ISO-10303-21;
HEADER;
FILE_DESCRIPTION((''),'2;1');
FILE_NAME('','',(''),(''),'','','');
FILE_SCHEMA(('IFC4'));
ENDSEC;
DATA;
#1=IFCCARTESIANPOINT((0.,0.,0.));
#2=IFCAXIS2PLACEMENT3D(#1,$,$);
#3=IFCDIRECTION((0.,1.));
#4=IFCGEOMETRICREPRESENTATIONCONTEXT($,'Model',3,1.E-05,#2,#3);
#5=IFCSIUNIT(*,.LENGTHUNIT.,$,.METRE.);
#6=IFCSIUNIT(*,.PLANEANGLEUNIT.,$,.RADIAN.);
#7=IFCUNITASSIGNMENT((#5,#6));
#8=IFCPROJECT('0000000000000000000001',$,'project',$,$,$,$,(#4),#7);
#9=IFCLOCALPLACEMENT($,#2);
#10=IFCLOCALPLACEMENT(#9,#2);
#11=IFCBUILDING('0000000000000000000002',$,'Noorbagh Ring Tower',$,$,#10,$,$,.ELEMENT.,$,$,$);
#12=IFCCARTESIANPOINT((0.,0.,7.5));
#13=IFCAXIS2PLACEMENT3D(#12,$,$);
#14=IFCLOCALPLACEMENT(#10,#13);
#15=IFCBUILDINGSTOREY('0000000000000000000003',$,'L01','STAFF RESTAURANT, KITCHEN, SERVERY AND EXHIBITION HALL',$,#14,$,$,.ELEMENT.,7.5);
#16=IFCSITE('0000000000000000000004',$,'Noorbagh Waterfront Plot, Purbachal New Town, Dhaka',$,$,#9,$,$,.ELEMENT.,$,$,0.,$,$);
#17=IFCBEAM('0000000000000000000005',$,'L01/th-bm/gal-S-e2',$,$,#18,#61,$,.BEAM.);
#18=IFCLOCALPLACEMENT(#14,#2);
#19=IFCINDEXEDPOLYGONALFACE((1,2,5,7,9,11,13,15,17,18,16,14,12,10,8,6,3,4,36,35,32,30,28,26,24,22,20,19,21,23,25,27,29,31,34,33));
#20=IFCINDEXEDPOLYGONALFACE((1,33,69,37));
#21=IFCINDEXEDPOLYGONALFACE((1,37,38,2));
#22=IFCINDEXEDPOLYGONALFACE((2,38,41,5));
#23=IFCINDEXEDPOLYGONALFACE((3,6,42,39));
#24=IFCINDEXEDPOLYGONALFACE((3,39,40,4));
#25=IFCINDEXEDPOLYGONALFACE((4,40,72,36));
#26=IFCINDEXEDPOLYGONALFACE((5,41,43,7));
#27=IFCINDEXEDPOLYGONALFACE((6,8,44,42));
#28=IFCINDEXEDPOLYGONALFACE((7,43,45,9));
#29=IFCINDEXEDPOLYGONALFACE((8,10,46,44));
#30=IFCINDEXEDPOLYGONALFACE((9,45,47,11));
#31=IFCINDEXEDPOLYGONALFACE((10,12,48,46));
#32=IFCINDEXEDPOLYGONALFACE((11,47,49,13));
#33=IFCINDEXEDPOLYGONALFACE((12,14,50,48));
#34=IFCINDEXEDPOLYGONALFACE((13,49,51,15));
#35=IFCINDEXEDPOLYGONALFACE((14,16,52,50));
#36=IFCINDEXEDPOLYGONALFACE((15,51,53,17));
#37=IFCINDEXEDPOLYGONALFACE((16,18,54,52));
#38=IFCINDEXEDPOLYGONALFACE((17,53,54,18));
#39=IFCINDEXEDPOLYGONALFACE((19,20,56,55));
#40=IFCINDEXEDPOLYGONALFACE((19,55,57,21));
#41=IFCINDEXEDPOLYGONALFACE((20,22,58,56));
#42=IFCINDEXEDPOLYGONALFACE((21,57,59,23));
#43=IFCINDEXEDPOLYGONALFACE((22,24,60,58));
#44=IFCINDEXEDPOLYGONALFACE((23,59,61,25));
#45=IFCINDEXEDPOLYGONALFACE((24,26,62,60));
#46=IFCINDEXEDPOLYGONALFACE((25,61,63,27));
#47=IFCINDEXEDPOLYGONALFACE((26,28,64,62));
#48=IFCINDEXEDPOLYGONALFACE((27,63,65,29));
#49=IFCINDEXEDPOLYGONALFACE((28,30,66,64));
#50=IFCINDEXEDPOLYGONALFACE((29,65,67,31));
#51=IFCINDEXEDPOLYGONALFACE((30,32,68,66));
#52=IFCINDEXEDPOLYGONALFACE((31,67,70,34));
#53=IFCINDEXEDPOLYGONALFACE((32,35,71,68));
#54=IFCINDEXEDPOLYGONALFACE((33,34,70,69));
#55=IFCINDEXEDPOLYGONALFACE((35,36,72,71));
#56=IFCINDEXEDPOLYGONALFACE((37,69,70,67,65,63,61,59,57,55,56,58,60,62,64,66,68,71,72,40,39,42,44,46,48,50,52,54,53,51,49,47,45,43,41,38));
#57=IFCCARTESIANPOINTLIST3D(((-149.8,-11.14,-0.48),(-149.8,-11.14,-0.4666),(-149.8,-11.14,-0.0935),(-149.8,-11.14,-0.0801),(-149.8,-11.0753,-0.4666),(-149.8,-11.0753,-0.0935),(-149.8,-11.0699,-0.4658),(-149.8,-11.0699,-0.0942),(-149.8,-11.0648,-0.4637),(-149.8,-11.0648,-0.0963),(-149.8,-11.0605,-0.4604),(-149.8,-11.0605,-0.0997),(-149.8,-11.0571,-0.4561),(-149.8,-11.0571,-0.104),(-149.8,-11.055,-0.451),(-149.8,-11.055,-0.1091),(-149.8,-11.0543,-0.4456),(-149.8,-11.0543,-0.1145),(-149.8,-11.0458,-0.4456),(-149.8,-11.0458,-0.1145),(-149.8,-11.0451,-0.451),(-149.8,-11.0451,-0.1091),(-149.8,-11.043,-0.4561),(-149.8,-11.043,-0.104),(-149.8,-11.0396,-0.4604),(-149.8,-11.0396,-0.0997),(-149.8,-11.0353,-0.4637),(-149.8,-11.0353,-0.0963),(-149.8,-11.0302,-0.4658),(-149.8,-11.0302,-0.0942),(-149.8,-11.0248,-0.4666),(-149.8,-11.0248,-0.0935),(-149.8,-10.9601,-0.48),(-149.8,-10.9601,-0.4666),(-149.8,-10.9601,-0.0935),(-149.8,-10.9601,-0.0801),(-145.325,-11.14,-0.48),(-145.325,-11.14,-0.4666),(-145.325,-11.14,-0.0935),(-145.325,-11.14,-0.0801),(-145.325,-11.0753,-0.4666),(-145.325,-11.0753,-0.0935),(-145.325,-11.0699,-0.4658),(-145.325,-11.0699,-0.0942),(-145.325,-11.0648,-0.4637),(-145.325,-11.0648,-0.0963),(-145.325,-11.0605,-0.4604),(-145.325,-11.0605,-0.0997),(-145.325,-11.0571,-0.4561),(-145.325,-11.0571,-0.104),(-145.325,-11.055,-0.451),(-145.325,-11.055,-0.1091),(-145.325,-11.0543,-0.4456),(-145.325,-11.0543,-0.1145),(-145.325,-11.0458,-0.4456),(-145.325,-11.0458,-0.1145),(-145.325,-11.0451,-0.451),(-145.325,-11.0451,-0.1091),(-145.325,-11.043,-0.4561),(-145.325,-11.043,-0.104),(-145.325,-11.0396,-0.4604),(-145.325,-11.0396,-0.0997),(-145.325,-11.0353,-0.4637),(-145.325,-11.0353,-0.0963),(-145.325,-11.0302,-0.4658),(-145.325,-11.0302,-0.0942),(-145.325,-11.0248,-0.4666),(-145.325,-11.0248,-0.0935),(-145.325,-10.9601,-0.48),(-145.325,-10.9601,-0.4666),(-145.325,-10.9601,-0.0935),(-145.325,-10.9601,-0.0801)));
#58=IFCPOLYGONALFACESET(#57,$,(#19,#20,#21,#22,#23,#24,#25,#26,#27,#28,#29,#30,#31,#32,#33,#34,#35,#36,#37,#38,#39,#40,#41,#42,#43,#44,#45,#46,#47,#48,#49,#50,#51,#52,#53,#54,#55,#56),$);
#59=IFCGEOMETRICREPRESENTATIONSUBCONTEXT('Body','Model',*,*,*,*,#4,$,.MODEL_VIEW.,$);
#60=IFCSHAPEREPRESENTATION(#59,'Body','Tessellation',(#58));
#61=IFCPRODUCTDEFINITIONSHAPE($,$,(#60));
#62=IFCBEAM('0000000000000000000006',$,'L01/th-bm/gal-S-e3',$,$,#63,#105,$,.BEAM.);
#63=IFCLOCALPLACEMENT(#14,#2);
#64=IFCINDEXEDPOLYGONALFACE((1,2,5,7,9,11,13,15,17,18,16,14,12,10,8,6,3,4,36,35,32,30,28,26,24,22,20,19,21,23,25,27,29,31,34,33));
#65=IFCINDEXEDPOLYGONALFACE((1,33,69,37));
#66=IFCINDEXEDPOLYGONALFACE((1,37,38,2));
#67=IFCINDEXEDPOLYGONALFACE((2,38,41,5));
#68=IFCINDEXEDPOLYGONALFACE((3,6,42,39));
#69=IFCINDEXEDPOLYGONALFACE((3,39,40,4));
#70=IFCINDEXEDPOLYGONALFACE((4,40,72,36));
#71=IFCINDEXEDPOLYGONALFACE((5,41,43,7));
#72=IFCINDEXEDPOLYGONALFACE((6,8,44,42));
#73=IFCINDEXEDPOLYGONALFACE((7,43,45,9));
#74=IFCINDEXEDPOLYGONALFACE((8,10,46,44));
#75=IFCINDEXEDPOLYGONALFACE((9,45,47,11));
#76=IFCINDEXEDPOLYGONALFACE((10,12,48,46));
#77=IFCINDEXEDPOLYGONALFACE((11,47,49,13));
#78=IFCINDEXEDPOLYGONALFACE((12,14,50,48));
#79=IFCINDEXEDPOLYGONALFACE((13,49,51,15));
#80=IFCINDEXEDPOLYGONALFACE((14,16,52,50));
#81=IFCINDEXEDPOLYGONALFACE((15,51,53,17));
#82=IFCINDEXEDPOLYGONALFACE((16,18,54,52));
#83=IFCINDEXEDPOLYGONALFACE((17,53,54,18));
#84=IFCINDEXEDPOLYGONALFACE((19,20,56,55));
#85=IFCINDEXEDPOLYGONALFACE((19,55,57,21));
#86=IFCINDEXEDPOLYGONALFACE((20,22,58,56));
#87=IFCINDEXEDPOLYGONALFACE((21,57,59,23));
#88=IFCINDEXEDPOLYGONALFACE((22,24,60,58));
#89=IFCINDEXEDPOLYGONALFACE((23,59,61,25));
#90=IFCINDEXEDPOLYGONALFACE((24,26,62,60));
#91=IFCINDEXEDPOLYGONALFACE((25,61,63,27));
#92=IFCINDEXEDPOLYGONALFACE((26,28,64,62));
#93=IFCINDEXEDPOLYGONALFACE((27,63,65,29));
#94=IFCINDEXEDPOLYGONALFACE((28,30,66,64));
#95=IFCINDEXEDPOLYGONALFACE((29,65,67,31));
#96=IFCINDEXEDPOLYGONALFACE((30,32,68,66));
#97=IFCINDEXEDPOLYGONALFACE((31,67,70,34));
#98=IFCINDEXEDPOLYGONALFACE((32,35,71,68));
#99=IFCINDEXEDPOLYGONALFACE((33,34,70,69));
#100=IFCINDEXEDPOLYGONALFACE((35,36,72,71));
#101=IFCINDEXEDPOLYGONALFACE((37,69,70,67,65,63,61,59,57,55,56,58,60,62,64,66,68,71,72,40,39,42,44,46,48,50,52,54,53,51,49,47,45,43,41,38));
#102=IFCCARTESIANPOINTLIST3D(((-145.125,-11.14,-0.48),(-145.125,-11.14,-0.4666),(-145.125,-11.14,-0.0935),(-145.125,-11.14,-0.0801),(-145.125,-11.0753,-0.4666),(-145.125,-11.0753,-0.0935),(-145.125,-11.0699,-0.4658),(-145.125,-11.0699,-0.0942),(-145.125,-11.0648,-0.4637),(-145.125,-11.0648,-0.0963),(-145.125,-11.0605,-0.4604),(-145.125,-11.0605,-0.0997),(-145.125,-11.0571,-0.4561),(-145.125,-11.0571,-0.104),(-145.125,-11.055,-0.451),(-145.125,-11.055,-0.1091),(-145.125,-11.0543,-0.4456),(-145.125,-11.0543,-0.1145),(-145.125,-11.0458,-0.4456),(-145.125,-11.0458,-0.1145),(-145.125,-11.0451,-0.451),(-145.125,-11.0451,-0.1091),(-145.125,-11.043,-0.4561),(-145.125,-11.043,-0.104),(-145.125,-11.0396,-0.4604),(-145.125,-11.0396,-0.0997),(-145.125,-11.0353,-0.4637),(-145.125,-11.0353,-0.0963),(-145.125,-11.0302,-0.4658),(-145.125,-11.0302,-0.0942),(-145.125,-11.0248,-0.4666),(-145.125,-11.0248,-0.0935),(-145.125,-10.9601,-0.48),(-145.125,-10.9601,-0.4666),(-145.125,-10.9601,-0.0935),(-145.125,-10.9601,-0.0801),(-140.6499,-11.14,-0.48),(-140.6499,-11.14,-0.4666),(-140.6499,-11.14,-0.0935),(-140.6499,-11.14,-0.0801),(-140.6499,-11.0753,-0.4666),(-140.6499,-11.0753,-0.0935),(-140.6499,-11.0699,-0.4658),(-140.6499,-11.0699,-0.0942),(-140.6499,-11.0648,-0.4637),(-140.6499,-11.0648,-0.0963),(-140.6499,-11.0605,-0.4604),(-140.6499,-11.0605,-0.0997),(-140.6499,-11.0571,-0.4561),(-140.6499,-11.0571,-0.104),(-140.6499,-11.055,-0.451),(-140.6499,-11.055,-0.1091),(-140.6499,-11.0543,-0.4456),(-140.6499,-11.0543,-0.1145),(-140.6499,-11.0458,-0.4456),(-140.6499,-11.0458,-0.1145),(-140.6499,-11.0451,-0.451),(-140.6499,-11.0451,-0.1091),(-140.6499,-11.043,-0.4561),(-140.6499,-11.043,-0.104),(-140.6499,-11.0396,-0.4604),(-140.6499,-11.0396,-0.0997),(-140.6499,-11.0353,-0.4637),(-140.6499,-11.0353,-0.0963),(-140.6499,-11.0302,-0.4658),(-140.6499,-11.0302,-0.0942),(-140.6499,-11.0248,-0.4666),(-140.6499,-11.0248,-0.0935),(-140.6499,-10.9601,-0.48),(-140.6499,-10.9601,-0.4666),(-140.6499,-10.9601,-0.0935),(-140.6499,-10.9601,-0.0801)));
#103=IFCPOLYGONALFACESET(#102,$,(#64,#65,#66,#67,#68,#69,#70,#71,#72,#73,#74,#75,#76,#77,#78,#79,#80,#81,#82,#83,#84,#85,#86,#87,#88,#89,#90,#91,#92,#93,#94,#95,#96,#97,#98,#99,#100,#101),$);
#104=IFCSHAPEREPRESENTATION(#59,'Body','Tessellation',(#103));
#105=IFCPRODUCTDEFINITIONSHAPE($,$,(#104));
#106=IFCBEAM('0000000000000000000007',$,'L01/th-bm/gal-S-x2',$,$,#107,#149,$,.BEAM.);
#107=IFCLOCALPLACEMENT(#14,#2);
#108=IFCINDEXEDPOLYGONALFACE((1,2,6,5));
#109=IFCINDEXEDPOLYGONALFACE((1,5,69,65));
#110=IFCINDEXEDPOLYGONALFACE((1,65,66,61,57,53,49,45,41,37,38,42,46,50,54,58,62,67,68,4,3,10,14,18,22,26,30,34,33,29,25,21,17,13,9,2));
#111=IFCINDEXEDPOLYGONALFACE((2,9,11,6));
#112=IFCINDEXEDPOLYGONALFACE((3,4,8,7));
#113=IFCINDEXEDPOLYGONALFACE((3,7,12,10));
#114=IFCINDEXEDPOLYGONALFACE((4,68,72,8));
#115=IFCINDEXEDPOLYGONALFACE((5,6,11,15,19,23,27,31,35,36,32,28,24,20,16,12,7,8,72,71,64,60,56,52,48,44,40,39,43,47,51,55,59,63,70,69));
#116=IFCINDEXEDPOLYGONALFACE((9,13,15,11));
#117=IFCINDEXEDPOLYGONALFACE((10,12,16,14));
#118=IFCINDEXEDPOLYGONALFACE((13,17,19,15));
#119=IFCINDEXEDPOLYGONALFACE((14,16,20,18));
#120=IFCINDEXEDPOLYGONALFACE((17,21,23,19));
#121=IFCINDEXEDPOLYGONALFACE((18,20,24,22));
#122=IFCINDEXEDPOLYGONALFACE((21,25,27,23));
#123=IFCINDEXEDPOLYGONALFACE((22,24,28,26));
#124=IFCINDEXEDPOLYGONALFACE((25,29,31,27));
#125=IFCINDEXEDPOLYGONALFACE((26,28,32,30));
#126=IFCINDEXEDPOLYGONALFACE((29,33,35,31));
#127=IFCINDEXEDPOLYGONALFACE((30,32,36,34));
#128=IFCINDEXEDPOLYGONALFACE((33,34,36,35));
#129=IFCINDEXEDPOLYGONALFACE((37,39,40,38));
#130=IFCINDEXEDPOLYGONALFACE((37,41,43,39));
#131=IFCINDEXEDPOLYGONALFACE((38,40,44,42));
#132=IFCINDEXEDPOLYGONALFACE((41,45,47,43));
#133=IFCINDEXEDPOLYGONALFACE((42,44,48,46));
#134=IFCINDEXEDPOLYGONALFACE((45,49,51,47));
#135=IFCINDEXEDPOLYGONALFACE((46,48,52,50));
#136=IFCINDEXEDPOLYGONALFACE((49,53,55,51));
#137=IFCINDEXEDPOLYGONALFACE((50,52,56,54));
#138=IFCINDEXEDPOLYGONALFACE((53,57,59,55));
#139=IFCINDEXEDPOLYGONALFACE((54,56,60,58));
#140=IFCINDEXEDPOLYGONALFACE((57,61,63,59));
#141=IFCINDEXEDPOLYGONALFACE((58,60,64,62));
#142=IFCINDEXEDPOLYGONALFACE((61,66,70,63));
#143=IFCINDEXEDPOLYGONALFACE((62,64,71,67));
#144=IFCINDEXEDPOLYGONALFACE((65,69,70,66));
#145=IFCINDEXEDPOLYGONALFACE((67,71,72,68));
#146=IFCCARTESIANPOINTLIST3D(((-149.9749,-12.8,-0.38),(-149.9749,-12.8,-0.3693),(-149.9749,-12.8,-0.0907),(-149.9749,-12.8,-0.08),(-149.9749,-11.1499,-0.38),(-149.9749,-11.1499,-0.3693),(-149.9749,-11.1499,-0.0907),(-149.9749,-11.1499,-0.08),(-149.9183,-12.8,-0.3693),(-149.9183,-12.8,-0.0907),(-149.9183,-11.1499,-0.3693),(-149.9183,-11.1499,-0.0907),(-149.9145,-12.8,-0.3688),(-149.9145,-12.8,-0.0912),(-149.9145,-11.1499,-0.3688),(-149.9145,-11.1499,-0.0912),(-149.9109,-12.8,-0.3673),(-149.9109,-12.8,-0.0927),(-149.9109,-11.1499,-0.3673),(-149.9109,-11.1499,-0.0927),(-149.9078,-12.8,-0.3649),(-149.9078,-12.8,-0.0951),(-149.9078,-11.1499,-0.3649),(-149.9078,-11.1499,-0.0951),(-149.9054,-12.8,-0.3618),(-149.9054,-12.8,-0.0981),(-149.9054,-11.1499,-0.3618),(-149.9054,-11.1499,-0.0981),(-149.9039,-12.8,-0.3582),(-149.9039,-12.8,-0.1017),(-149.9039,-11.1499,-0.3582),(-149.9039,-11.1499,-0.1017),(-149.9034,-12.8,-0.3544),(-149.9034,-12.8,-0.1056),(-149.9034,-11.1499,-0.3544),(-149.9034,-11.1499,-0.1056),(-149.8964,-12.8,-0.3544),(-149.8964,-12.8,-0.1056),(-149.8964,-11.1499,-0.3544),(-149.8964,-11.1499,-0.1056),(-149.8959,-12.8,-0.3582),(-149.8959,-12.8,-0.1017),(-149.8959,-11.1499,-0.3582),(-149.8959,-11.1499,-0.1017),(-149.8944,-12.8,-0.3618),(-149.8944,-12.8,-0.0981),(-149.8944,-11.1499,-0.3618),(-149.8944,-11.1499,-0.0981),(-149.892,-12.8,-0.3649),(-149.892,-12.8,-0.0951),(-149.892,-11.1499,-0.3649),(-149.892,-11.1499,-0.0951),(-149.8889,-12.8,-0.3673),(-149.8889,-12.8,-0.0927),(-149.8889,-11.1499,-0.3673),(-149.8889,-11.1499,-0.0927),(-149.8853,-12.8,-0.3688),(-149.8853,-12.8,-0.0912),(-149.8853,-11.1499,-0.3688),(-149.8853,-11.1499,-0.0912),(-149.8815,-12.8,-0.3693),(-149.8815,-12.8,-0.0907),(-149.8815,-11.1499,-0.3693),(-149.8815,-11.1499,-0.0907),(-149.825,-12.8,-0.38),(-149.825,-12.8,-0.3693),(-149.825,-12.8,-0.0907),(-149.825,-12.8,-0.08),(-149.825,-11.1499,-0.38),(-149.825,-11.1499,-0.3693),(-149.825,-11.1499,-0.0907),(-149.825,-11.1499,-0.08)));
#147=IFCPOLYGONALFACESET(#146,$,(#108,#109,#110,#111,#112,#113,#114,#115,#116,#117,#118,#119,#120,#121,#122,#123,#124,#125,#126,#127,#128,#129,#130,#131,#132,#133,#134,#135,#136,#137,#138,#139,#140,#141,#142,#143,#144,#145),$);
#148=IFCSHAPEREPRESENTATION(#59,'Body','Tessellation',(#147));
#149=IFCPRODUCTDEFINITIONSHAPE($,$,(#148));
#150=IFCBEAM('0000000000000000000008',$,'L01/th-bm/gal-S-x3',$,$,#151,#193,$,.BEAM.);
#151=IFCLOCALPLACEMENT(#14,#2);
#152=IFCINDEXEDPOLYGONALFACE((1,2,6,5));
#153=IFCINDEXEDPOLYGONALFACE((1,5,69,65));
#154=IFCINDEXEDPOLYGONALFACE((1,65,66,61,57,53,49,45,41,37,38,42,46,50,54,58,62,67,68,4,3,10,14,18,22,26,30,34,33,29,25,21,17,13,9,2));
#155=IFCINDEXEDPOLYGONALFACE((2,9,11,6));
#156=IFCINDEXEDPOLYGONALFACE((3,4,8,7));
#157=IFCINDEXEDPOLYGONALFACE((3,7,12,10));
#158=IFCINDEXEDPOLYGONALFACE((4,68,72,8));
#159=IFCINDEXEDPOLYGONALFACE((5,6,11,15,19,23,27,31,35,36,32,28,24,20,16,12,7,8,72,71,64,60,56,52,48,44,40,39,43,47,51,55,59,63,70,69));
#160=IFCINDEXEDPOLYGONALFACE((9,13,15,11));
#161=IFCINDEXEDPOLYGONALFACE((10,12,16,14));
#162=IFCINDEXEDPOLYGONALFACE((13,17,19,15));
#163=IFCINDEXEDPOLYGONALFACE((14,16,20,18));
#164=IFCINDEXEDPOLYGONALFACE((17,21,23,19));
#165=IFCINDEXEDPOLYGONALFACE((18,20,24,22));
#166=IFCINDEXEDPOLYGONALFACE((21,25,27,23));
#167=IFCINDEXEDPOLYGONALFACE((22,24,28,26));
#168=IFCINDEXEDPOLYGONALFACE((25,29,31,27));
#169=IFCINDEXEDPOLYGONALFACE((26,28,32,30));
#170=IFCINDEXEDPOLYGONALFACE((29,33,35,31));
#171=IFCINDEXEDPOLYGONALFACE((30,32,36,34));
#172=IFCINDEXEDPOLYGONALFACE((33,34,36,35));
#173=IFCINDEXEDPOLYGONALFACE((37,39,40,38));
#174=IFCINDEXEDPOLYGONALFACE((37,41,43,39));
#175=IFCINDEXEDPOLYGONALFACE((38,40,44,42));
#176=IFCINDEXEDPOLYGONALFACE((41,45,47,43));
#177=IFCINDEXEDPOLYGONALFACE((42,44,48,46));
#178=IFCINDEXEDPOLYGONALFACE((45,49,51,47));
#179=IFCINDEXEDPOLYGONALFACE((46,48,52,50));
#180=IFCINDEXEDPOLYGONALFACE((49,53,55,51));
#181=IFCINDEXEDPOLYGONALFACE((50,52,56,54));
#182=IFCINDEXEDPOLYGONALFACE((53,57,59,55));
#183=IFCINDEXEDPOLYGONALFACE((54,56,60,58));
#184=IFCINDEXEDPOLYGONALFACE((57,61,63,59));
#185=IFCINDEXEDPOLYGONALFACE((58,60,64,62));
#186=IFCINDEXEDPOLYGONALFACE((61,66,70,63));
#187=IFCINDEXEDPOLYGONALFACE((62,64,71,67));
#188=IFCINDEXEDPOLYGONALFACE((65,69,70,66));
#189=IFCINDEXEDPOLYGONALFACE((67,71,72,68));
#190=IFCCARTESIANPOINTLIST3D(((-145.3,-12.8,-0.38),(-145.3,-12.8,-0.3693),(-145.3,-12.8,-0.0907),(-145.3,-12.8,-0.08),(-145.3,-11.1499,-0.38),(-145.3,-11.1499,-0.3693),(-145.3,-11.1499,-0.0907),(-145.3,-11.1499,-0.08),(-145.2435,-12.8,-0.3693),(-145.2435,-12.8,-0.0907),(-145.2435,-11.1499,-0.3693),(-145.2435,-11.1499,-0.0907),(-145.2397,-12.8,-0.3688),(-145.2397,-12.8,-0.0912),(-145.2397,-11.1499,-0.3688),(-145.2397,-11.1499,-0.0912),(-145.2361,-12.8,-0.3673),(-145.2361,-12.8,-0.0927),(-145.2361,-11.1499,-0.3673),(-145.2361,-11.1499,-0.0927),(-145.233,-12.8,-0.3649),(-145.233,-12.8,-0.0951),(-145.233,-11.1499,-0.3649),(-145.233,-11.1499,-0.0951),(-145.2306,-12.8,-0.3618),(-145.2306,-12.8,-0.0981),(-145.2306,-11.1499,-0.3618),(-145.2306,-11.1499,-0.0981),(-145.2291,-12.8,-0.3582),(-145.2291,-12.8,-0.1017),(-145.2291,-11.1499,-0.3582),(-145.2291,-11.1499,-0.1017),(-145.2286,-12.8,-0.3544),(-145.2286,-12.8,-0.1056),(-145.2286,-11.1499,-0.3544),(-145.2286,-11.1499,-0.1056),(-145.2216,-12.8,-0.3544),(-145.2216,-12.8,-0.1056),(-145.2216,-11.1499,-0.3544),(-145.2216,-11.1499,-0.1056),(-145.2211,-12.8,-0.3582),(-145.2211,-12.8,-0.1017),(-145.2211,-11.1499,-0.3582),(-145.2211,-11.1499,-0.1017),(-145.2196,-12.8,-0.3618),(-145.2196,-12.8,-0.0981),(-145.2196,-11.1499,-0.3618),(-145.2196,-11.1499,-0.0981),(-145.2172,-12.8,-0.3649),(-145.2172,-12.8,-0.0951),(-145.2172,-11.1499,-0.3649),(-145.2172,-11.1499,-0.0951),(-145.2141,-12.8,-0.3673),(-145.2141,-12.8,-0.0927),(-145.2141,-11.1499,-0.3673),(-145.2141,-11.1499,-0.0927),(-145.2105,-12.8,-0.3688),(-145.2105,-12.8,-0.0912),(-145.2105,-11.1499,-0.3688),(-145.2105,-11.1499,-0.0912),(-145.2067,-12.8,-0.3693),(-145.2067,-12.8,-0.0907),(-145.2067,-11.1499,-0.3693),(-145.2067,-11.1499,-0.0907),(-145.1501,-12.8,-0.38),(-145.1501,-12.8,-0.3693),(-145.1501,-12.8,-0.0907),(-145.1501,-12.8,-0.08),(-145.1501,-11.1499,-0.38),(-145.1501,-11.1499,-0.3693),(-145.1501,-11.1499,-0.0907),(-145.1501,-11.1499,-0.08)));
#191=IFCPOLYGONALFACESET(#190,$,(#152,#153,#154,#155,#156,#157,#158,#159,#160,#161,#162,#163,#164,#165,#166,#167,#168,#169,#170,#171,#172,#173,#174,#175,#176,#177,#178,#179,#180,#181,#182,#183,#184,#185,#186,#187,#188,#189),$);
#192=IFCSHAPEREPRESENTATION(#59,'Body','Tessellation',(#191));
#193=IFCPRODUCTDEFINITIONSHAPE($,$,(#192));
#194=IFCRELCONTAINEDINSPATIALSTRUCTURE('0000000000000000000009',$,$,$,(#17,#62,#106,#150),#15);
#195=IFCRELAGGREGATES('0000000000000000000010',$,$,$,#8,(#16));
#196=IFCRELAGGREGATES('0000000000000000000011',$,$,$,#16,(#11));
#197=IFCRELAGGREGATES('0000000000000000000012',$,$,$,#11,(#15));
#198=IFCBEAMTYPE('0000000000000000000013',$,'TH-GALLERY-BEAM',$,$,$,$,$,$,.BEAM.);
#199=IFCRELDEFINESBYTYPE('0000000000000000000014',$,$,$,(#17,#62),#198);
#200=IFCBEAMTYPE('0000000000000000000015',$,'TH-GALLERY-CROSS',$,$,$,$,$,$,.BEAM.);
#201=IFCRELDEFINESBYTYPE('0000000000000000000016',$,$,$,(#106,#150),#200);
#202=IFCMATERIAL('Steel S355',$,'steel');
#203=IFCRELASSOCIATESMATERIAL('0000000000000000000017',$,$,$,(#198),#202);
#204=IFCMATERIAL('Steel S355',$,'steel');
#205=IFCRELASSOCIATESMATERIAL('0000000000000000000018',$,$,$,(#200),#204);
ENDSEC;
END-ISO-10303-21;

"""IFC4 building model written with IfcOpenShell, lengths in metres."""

from ifc_helpers import new_model, si_unit, direction, frame, origin, origin_2d, place, context, subcontext, project, spatial, i_section, extrude, material, material_profile, profile_set, type_object, element, save


model = new_model("IFC4")

# Units and contexts
model_context = context("Model", 3, precision=1e-05, world=origin(), true_north=direction((0.0, 1.0)))
body_context = subcontext(model_context, "Body", "Model", "MODEL_VIEW")
ifc_project = project(units=[si_unit("LENGTHUNIT", "METRE"), si_unit("PLANEANGLEUNIT", "RADIAN")], contexts=[model_context])

# Site, building, storey
site_placement = place(None, origin())
site = spatial("IfcSite", under=ifc_project, at=site_placement, Name="Noorbagh Waterfront Plot, Purbachal New Town, Dhaka", CompositionType="ELEMENT", RefElevation=0.0)
building_placement = place(site_placement, origin())
building = spatial("IfcBuilding", under=site, at=building_placement, Name="Noorbagh Ring Tower", CompositionType="ELEMENT")
storey_placement = place(building_placement, frame((0.0, 0.0, 7.5)))
storey = spatial("IfcBuildingStorey", under=building, at=storey_placement, Name="L01", Description="STAFF RESTAURANT, KITCHEN, SERVERY AND EXHIBITION HALL", CompositionType="ELEMENT", Elevation=7.5)

# Beams
ifc_material_1 = material(Name="Steel S355", Category="steel")
ifc_material_profile_1 = material_profile(ifc_material_1, i_section(OverallWidth=0.1799, OverallDepth=0.3999, WebThickness=0.0085, FlangeThickness=0.0134, FilletRadius=0.021, at=origin_2d()), Name="IPE400")
ifc_profile_set_1 = profile_set([ifc_material_profile_1], Name="Steel S355")
beam_type_1 = type_object("IfcBeamType", Name="TH-GALLERY-BEAM", PredefinedType="BEAM", material=ifc_profile_set_1)
for number, where, z_axis, x_axis, name in (
    (1, (-149.8, -11.05, -0.28), (1.0, 0.0, 0.0), (0.0, 1.0, 0.0), "L01/th-bm/gal-S-e2"),
    (2, (-145.125, -11.05, -0.28), (1.0, 0.0, 0.0), (0.0, 1.0, 0.0), "L01/th-bm/gal-S-e3"),
):
    element("IfcBeam", number, at=place(storey_placement, frame(where, z_axis=z_axis, x_axis=x_axis)), inside=storey, type_object=beam_type_1, Name=name, PredefinedType="BEAM", context=body_context, shape_type="SweptSolid", body=[
        extrude(i_section(OverallWidth=0.1799, OverallDepth=0.3999, WebThickness=0.0085, FlangeThickness=0.0134, FilletRadius=0.021, at=origin_2d()), origin(), (0.0, 0.0, 1.0), 4.4751),
    ])
ifc_material_2 = material(Name="Steel S355", Category="steel")
ifc_material_profile_2 = material_profile(ifc_material_2, i_section(OverallWidth=0.1499, OverallDepth=0.3, WebThickness=0.0071, FlangeThickness=0.0107, FilletRadius=0.0149, at=origin_2d()), Name="IPE300")
ifc_profile_set_2 = profile_set([ifc_material_profile_2], Name="Steel S355")
beam_type_2 = type_object("IfcBeamType", Name="TH-GALLERY-CROSS", PredefinedType="BEAM", material=ifc_profile_set_2)
for number, where, z_axis, x_axis, name in (
    (3, (-149.8999, -12.8, -0.23), (0.0, 1.0, 0.0), (-1.0, 0.0, 0.0), "L01/th-bm/gal-S-x2"),
    (4, (-145.2251, -12.8, -0.23), (0.0, 1.0, 0.0), (-1.0, 0.0, 0.0), "L01/th-bm/gal-S-x3"),
):
    element("IfcBeam", number, at=place(storey_placement, frame(where, z_axis=z_axis, x_axis=x_axis)), inside=storey, type_object=beam_type_2, Name=name, PredefinedType="BEAM", context=body_context, shape_type="SweptSolid", body=[
        extrude(i_section(OverallWidth=0.1499, OverallDepth=0.3, WebThickness=0.0071, FlangeThickness=0.0107, FilletRadius=0.0149, at=origin_2d()), origin(), (0.0, 0.0, 1.0), 1.6501),
    ])

save(model, "model.ifc")
